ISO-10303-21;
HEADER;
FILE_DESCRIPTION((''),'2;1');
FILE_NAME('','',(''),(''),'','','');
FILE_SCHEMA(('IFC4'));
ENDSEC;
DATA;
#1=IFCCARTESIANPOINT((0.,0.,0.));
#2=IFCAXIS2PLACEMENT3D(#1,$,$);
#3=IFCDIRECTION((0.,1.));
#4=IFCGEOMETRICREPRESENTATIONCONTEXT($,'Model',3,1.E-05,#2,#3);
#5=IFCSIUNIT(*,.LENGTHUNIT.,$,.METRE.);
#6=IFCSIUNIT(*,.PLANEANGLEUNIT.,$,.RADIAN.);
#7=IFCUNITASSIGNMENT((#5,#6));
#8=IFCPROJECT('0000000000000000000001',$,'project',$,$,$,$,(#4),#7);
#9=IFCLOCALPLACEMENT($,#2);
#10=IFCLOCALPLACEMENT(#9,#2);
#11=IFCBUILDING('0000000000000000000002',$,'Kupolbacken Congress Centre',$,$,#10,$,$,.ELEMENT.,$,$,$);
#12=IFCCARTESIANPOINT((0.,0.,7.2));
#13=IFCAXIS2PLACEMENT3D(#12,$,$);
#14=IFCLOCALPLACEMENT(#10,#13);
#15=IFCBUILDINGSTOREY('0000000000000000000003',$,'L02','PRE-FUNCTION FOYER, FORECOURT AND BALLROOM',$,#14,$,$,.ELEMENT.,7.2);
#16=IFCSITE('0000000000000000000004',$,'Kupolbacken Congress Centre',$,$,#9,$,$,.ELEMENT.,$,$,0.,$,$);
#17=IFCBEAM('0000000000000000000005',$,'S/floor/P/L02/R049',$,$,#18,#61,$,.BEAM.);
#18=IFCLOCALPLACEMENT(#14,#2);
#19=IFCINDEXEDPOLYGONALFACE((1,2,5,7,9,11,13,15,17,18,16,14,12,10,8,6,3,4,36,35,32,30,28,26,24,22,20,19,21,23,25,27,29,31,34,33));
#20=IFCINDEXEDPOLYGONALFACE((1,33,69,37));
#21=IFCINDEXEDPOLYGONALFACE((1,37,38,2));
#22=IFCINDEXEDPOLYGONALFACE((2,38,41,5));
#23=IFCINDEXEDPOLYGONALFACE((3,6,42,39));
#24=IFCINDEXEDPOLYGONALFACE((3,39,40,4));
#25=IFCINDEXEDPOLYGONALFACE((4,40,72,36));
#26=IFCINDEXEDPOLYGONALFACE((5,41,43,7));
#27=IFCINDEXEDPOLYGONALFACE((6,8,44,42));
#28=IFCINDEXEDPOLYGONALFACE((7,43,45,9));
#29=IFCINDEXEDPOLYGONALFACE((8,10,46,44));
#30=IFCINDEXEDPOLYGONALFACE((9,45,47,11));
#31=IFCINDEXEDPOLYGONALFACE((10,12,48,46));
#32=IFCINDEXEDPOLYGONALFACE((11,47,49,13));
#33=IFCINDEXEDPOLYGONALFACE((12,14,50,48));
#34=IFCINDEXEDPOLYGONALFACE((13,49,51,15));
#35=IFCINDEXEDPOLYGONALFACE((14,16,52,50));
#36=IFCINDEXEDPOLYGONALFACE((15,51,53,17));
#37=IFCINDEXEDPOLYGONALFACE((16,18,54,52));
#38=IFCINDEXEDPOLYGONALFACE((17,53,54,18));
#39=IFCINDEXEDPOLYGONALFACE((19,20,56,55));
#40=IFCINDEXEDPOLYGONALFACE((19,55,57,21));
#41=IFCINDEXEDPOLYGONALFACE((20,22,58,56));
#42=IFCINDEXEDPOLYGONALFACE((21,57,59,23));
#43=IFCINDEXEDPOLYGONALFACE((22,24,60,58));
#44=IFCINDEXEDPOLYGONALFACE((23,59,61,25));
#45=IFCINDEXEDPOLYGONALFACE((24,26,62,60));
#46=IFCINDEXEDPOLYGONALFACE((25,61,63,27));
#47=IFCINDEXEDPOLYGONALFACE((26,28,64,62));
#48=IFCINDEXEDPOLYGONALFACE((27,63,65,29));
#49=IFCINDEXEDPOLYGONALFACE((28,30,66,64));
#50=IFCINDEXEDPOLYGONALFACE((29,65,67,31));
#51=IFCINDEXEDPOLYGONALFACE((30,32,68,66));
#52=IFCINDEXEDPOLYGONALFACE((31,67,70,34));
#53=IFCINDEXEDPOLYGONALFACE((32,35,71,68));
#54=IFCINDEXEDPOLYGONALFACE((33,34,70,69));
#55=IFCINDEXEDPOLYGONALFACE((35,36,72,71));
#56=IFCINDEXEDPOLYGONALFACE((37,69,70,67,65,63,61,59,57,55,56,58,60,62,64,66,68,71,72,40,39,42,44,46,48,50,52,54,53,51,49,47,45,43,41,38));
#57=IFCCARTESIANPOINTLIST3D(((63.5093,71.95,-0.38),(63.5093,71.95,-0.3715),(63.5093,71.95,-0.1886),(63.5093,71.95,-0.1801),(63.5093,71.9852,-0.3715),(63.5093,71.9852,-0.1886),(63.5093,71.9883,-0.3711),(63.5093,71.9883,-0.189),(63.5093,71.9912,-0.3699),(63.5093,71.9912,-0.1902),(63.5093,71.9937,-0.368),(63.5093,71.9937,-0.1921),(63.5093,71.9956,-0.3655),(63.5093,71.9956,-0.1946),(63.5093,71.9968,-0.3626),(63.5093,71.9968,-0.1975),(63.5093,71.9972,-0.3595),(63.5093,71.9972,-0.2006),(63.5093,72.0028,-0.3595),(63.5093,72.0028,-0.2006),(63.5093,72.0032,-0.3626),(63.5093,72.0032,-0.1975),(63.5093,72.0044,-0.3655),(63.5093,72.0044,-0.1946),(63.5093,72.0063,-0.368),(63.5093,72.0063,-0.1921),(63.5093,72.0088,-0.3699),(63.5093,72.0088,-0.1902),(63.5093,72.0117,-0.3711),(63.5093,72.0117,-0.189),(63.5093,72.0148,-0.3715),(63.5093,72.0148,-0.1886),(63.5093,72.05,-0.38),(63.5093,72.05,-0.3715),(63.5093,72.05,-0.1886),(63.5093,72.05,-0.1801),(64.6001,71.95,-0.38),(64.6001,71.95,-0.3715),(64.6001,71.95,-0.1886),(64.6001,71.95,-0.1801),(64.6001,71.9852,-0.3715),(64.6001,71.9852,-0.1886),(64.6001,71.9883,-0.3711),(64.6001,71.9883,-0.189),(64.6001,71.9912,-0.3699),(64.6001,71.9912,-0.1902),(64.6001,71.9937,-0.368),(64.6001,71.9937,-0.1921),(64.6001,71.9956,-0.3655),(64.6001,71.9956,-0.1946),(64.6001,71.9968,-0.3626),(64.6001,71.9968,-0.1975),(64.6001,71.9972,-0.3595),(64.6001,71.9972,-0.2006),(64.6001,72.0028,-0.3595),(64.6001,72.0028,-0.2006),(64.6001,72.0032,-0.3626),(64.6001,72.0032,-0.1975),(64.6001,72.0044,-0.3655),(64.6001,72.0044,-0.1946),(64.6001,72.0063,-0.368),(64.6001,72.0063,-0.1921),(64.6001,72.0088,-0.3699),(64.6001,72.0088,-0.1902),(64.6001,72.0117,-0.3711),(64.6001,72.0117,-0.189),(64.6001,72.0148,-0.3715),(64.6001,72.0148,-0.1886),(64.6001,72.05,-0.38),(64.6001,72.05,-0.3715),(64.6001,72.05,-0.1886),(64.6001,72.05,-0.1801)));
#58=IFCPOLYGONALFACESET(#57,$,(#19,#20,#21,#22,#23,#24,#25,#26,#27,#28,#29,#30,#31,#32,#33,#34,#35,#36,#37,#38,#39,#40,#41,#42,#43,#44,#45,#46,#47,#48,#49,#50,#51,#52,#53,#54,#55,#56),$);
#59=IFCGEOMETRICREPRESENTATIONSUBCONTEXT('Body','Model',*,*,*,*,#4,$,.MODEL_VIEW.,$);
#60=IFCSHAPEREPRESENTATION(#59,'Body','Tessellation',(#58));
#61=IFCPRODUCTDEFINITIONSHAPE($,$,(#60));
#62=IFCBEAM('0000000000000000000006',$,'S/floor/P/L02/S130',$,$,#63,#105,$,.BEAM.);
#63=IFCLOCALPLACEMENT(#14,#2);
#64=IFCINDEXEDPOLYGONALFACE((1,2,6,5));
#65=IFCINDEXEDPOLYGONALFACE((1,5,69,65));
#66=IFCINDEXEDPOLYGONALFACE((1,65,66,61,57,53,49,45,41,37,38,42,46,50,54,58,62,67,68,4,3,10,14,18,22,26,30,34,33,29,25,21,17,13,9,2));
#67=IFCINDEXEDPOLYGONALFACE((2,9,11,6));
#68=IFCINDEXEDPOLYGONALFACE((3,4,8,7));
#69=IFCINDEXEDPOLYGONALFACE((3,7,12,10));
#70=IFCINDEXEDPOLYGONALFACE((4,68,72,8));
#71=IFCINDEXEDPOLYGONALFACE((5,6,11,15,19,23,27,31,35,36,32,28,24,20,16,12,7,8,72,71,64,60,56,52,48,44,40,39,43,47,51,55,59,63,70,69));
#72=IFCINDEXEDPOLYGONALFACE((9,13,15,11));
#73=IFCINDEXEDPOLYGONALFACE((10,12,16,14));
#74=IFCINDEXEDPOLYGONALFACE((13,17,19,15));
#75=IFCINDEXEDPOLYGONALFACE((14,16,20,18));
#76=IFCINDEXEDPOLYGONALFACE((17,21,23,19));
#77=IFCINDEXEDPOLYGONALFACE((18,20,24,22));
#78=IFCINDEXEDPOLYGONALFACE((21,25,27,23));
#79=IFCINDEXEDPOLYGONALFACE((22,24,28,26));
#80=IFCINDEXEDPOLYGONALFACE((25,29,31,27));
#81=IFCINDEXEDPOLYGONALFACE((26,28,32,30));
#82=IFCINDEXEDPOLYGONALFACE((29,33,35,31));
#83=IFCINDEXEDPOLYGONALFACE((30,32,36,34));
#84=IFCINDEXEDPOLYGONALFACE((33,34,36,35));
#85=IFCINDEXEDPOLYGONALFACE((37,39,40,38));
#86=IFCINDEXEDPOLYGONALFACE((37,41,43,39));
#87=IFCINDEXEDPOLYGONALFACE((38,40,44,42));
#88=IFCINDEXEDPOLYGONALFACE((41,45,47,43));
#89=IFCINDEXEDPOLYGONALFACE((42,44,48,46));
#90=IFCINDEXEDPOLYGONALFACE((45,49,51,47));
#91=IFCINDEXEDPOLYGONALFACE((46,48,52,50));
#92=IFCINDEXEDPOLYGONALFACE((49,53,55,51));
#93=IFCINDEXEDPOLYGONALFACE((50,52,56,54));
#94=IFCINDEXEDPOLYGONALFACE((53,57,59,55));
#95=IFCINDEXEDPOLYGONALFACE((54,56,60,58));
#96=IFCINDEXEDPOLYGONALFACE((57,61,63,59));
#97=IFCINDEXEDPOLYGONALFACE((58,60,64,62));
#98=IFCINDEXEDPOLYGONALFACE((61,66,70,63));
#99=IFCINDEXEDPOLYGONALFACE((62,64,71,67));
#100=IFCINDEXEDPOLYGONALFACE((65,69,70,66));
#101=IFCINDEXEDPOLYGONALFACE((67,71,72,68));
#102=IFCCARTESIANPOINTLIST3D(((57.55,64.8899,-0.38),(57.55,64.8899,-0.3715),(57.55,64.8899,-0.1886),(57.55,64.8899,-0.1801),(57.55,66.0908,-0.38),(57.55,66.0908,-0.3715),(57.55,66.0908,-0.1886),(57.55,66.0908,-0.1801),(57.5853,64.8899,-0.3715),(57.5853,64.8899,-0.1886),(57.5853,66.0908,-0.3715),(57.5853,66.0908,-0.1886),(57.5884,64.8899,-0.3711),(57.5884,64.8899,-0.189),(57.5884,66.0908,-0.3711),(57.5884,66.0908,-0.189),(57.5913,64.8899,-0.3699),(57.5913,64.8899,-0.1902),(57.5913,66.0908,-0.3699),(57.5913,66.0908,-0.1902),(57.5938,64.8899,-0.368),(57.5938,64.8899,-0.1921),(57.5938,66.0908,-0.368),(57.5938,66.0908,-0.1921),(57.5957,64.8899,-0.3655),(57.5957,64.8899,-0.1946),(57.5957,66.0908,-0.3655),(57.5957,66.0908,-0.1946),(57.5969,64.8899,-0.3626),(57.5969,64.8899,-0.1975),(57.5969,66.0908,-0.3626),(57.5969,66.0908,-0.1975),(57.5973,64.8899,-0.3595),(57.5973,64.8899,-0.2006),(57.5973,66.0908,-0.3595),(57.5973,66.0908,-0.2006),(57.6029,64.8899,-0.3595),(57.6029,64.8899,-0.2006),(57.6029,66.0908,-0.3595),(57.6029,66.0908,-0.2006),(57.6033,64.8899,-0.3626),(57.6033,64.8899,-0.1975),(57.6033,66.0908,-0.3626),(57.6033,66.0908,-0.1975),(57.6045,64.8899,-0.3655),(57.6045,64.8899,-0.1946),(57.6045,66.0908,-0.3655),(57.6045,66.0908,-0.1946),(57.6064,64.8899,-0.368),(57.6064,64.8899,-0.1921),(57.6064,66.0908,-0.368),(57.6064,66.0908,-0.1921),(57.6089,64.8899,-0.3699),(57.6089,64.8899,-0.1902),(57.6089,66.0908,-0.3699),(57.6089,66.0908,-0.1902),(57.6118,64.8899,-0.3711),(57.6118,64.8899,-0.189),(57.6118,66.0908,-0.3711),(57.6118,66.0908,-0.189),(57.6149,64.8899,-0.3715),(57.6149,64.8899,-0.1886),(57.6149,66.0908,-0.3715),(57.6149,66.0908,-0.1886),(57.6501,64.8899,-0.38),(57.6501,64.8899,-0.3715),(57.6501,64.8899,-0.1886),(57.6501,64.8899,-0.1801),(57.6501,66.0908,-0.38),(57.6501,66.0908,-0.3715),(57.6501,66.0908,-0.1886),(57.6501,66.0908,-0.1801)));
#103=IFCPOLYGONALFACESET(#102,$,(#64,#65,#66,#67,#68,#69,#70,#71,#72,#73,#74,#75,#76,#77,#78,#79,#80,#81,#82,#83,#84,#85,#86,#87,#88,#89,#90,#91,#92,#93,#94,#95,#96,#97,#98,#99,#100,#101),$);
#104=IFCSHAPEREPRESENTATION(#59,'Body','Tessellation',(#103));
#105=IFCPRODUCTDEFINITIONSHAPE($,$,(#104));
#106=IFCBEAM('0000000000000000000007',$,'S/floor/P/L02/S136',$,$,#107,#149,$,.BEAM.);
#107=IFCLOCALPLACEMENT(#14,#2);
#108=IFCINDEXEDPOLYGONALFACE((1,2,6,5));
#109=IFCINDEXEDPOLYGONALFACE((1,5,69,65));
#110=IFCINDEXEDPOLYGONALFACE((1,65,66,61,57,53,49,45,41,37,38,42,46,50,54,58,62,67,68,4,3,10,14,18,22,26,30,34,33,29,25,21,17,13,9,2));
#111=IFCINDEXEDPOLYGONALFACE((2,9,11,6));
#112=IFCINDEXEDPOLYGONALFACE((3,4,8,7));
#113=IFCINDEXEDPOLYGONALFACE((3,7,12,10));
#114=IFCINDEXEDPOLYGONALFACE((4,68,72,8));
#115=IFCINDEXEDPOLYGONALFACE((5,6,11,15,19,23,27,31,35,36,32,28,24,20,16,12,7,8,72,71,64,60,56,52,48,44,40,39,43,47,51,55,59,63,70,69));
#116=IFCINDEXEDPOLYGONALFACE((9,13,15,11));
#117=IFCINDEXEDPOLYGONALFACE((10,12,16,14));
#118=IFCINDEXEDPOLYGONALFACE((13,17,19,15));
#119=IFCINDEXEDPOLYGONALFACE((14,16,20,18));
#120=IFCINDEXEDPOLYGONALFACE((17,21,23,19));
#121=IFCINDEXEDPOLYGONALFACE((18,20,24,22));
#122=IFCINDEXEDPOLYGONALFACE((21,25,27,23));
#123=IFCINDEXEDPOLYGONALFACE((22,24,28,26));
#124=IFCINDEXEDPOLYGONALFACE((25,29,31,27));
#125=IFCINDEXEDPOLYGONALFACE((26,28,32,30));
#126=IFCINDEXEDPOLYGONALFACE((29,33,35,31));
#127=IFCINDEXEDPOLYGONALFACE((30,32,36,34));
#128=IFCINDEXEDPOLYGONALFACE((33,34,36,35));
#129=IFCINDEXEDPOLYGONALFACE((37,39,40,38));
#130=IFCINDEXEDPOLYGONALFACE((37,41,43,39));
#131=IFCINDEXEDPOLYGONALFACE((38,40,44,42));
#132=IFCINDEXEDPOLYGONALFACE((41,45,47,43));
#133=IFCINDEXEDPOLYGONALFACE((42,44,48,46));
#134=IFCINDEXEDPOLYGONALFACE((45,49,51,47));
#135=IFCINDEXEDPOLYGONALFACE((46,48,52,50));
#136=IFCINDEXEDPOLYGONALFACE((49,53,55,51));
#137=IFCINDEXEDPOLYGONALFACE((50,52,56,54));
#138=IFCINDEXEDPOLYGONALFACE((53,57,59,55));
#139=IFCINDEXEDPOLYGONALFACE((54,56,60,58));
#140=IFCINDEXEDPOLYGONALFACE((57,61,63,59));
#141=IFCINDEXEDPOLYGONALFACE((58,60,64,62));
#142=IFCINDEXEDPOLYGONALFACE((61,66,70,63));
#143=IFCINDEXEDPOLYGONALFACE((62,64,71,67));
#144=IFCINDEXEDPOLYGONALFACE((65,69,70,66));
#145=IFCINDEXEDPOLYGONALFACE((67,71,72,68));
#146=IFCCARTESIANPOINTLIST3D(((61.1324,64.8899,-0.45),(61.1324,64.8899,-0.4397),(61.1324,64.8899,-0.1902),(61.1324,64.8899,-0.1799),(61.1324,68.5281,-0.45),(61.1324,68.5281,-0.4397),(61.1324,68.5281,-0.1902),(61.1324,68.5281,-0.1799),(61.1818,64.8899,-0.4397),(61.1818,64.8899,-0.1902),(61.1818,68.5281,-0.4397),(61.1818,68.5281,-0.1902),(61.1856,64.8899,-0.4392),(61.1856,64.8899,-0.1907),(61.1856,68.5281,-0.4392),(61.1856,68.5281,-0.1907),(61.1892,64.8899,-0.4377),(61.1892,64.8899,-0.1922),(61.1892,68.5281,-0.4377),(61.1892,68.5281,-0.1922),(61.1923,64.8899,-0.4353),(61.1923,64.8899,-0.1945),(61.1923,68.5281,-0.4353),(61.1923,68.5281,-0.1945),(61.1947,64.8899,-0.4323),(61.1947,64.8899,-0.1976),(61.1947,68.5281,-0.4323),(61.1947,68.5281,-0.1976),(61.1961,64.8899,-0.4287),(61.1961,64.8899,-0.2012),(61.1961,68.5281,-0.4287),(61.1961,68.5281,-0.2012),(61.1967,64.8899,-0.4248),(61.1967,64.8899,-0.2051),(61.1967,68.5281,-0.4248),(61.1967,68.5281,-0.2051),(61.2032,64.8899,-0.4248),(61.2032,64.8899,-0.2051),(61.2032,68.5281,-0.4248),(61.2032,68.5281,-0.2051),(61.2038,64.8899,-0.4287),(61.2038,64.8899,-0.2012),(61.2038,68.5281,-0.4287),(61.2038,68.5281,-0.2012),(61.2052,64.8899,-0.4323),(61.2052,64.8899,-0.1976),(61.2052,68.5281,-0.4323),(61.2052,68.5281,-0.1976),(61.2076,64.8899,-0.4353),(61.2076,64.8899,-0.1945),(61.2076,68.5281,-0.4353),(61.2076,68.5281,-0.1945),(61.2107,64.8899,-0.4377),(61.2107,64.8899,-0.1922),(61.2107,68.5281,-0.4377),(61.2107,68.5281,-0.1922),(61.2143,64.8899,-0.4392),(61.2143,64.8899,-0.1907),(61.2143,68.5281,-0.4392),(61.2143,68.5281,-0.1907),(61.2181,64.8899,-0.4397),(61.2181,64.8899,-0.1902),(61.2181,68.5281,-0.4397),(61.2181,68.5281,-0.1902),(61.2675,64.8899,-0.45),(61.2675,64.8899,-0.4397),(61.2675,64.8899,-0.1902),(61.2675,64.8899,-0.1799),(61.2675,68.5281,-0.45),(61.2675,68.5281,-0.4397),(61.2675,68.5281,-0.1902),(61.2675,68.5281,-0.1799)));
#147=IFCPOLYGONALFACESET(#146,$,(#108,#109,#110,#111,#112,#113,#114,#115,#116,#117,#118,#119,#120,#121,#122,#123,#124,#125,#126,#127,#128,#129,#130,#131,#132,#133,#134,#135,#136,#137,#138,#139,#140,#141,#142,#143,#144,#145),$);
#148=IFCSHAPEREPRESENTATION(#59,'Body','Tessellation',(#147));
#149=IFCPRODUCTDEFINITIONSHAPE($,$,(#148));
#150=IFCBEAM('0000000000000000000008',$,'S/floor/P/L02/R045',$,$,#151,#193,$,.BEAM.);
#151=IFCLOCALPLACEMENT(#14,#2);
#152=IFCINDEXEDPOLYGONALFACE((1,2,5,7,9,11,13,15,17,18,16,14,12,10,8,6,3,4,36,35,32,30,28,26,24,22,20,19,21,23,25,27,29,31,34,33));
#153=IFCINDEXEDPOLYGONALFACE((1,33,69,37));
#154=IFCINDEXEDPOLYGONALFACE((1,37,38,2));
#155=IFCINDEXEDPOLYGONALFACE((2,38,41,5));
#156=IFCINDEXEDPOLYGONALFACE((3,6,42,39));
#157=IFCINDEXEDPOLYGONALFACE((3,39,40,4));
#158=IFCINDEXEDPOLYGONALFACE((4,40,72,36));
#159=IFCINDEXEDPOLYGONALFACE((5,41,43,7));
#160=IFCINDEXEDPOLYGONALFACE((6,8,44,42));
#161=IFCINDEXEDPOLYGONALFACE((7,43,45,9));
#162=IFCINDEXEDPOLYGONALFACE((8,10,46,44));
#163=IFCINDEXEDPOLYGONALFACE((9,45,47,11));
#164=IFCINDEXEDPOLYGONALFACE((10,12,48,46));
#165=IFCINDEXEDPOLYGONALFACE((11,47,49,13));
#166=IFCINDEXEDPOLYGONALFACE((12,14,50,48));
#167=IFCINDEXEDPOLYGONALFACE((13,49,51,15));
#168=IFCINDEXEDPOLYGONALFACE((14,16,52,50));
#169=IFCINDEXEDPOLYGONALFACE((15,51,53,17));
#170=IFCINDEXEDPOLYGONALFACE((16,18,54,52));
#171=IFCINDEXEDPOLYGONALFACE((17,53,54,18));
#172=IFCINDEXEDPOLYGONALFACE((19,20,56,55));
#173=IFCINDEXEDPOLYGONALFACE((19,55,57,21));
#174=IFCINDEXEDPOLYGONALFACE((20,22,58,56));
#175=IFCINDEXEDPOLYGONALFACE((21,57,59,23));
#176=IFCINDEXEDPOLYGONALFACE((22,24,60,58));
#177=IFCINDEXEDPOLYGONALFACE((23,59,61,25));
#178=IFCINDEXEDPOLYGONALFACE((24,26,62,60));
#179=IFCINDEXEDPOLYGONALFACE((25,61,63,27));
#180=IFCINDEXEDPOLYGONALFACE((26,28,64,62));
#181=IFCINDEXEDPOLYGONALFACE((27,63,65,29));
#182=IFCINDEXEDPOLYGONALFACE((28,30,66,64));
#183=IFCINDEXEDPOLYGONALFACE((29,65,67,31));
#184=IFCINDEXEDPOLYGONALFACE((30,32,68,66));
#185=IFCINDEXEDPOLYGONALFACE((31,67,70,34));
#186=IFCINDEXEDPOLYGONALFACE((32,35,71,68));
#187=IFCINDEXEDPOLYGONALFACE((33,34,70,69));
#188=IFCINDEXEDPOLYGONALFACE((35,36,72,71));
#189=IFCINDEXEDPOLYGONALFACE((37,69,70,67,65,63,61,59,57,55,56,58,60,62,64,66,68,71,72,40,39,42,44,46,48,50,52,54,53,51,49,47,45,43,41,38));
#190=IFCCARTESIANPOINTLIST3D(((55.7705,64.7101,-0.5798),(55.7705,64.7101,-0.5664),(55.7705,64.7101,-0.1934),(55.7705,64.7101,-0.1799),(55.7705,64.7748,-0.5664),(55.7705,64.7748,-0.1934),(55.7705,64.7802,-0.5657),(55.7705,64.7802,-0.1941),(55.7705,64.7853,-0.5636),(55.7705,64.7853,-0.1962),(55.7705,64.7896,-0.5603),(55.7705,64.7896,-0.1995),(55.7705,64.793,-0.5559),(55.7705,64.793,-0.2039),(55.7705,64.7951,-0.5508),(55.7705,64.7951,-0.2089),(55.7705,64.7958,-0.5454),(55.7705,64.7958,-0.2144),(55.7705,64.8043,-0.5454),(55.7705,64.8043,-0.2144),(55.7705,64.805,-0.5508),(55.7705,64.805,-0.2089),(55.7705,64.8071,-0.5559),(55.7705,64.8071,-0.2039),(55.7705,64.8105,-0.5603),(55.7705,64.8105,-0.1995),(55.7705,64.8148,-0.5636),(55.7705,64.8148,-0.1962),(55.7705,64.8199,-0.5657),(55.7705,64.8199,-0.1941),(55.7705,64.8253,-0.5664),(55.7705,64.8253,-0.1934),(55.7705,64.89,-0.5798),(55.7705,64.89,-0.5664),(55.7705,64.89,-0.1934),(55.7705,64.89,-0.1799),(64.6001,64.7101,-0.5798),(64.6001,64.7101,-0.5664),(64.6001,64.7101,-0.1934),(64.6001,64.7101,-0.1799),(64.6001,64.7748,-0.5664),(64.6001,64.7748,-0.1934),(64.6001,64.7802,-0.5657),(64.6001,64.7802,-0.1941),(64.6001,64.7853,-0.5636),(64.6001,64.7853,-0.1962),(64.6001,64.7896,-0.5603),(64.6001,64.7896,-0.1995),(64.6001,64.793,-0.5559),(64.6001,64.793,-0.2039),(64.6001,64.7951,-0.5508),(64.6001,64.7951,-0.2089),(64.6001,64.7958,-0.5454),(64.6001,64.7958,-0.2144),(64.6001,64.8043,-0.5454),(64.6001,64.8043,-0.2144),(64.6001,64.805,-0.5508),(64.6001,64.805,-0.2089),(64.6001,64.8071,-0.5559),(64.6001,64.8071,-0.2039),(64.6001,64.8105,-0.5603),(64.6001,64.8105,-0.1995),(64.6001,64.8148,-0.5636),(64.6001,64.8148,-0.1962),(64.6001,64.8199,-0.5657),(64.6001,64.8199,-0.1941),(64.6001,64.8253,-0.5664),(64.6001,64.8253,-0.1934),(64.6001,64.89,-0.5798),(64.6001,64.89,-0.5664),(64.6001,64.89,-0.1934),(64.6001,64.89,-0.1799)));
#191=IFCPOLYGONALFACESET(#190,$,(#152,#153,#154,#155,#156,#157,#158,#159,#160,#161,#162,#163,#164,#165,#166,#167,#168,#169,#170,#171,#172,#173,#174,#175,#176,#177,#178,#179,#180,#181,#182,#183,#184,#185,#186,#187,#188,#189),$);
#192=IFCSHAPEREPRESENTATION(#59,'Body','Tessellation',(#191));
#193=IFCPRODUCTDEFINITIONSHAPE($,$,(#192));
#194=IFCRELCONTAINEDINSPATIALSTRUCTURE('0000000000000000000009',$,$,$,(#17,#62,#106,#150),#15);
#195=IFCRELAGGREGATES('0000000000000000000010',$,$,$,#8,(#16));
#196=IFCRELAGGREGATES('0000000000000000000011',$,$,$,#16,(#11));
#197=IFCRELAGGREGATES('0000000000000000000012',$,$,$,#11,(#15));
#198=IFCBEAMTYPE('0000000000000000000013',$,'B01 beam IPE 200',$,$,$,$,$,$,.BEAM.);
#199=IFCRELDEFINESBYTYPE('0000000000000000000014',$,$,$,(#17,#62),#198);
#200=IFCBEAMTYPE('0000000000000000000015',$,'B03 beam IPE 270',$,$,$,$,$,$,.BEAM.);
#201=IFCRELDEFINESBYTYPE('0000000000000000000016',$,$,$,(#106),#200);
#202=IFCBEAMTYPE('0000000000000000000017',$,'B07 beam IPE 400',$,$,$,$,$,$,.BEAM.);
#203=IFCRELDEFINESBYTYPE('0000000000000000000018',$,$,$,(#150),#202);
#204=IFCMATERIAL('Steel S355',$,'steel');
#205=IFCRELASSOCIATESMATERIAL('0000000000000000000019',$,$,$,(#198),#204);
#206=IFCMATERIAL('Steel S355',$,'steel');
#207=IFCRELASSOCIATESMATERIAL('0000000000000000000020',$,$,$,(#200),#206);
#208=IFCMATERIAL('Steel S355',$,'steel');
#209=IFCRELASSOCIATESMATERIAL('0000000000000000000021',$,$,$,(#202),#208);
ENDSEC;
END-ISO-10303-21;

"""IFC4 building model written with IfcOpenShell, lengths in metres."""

from ifc_helpers import new_model, si_unit, direction, frame, origin, origin_2d, place, context, subcontext, project, spatial, i_section, extrude, material, material_profile, profile_set, type_object, element, save


model = new_model("IFC4")

# Units and contexts
model_context = context("Model", 3, precision=1e-05, world=origin(), true_north=direction((0.0, 1.0)))
body_context = subcontext(model_context, "Body", "Model", "MODEL_VIEW")
ifc_project = project(units=[si_unit("LENGTHUNIT", "METRE"), si_unit("PLANEANGLEUNIT", "RADIAN")], contexts=[model_context])

# Site, building, storey
site_placement = place(None, origin())
site = spatial("IfcSite", under=ifc_project, at=site_placement, Name="Kupolbacken Congress Centre", CompositionType="ELEMENT", RefElevation=0.0)
building_placement = place(site_placement, origin())
building = spatial("IfcBuilding", under=site, at=building_placement, Name="Kupolbacken Congress Centre", CompositionType="ELEMENT")
storey_placement = place(building_placement, frame((0.0, 0.0, 7.2)))
storey = spatial("IfcBuildingStorey", under=building, at=storey_placement, Name="L02", Description="PRE-FUNCTION FOYER, FORECOURT AND BALLROOM", CompositionType="ELEMENT", Elevation=7.2)

# Beams
ifc_material_1 = material(Name="Steel S355", Category="steel")
ifc_material_profile_1 = material_profile(ifc_material_1, i_section(OverallWidth=0.1001, OverallDepth=0.2, WebThickness=0.0056, FlangeThickness=0.0085, FilletRadius=0.012, at=origin_2d()), Name="IPE 200")
ifc_profile_set_1 = profile_set([ifc_material_profile_1], Name="Steel S355")
beam_type_1 = type_object("IfcBeamType", Name="B01 beam IPE 200", PredefinedType="BEAM", material=ifc_profile_set_1)
beam_1_placement = place(storey_placement, frame((63.5093, 72.0, -0.28), z_axis=(1.0, 0.0, 0.0), x_axis=(0.0, 1.0, 0.0)))
element("IfcBeam", 1, at=beam_1_placement, inside=storey, type_object=beam_type_1, Name="S/floor/P/L02/R049", PredefinedType="BEAM", context=body_context, shape_type="SweptSolid", body=[
    extrude(i_section(OverallWidth=0.1001, OverallDepth=0.2, WebThickness=0.0056, FlangeThickness=0.0085, FilletRadius=0.012, at=origin_2d()), origin(), (0.0, 0.0, 1.0), 1.0908),
])
beam_2_placement = place(storey_placement, frame((57.6001, 64.8899, -0.28), z_axis=(0.0, 1.0, 0.0), x_axis=(-1.0, 0.0, 0.0)))
element("IfcBeam", 2, at=beam_2_placement, inside=storey, type_object=beam_type_1, Name="S/floor/P/L02/S130", PredefinedType="BEAM", context=body_context, shape_type="SweptSolid", body=[
    extrude(i_section(OverallWidth=0.1001, OverallDepth=0.2, WebThickness=0.0056, FlangeThickness=0.0085, FilletRadius=0.012, at=origin_2d()), origin(), (0.0, 0.0, 1.0), 1.2009),
])
ifc_material_2 = material(Name="Steel S355", Category="steel")
ifc_material_profile_2 = material_profile(ifc_material_2, i_section(OverallWidth=0.135, OverallDepth=0.27, WebThickness=0.0066, FlangeThickness=0.0103, FilletRadius=0.0149, at=origin_2d()), Name="IPE 270")
ifc_profile_set_2 = profile_set([ifc_material_profile_2], Name="Steel S355")
beam_type_2 = type_object("IfcBeamType", Name="B03 beam IPE 270", PredefinedType="BEAM", material=ifc_profile_set_2)
beam_3_placement = place(storey_placement, frame((61.2, 64.8899, -0.3149), z_axis=(0.0, 1.0, 0.0), x_axis=(-1.0, 0.0, 0.0)))
element("IfcBeam", 3, at=beam_3_placement, inside=storey, type_object=beam_type_2, Name="S/floor/P/L02/S136", PredefinedType="BEAM", context=body_context, shape_type="SweptSolid", body=[
    extrude(i_section(OverallWidth=0.135, OverallDepth=0.27, WebThickness=0.0066, FlangeThickness=0.0103, FilletRadius=0.0149, at=origin_2d()), origin(), (0.0, 0.0, 1.0), 3.6382),
])
ifc_material_3 = material(Name="Steel S355", Category="steel")
ifc_material_profile_3 = material_profile(ifc_material_3, i_section(OverallWidth=0.1799, OverallDepth=0.3999, WebThickness=0.0085, FlangeThickness=0.0134, FilletRadius=0.021, at=origin_2d()), Name="IPE 400")
ifc_profile_set_3 = profile_set([ifc_material_profile_3], Name="Steel S355")
beam_type_3 = type_object("IfcBeamType", Name="B07 beam IPE 400", PredefinedType="BEAM", material=ifc_profile_set_3)
beam_4_placement = place(storey_placement, frame((55.7705, 64.8, -0.3799), z_axis=(1.0, 0.0, 0.0), x_axis=(0.0, 1.0, 0.0)))
element("IfcBeam", 4, at=beam_4_placement, inside=storey, type_object=beam_type_3, Name="S/floor/P/L02/R045", PredefinedType="BEAM", context=body_context, shape_type="SweptSolid", body=[
    extrude(i_section(OverallWidth=0.1799, OverallDepth=0.3999, WebThickness=0.0085, FlangeThickness=0.0134, FilletRadius=0.021, at=origin_2d()), origin(), (0.0, 0.0, 1.0), 8.8296),
])

save(model, "model.ifc")
